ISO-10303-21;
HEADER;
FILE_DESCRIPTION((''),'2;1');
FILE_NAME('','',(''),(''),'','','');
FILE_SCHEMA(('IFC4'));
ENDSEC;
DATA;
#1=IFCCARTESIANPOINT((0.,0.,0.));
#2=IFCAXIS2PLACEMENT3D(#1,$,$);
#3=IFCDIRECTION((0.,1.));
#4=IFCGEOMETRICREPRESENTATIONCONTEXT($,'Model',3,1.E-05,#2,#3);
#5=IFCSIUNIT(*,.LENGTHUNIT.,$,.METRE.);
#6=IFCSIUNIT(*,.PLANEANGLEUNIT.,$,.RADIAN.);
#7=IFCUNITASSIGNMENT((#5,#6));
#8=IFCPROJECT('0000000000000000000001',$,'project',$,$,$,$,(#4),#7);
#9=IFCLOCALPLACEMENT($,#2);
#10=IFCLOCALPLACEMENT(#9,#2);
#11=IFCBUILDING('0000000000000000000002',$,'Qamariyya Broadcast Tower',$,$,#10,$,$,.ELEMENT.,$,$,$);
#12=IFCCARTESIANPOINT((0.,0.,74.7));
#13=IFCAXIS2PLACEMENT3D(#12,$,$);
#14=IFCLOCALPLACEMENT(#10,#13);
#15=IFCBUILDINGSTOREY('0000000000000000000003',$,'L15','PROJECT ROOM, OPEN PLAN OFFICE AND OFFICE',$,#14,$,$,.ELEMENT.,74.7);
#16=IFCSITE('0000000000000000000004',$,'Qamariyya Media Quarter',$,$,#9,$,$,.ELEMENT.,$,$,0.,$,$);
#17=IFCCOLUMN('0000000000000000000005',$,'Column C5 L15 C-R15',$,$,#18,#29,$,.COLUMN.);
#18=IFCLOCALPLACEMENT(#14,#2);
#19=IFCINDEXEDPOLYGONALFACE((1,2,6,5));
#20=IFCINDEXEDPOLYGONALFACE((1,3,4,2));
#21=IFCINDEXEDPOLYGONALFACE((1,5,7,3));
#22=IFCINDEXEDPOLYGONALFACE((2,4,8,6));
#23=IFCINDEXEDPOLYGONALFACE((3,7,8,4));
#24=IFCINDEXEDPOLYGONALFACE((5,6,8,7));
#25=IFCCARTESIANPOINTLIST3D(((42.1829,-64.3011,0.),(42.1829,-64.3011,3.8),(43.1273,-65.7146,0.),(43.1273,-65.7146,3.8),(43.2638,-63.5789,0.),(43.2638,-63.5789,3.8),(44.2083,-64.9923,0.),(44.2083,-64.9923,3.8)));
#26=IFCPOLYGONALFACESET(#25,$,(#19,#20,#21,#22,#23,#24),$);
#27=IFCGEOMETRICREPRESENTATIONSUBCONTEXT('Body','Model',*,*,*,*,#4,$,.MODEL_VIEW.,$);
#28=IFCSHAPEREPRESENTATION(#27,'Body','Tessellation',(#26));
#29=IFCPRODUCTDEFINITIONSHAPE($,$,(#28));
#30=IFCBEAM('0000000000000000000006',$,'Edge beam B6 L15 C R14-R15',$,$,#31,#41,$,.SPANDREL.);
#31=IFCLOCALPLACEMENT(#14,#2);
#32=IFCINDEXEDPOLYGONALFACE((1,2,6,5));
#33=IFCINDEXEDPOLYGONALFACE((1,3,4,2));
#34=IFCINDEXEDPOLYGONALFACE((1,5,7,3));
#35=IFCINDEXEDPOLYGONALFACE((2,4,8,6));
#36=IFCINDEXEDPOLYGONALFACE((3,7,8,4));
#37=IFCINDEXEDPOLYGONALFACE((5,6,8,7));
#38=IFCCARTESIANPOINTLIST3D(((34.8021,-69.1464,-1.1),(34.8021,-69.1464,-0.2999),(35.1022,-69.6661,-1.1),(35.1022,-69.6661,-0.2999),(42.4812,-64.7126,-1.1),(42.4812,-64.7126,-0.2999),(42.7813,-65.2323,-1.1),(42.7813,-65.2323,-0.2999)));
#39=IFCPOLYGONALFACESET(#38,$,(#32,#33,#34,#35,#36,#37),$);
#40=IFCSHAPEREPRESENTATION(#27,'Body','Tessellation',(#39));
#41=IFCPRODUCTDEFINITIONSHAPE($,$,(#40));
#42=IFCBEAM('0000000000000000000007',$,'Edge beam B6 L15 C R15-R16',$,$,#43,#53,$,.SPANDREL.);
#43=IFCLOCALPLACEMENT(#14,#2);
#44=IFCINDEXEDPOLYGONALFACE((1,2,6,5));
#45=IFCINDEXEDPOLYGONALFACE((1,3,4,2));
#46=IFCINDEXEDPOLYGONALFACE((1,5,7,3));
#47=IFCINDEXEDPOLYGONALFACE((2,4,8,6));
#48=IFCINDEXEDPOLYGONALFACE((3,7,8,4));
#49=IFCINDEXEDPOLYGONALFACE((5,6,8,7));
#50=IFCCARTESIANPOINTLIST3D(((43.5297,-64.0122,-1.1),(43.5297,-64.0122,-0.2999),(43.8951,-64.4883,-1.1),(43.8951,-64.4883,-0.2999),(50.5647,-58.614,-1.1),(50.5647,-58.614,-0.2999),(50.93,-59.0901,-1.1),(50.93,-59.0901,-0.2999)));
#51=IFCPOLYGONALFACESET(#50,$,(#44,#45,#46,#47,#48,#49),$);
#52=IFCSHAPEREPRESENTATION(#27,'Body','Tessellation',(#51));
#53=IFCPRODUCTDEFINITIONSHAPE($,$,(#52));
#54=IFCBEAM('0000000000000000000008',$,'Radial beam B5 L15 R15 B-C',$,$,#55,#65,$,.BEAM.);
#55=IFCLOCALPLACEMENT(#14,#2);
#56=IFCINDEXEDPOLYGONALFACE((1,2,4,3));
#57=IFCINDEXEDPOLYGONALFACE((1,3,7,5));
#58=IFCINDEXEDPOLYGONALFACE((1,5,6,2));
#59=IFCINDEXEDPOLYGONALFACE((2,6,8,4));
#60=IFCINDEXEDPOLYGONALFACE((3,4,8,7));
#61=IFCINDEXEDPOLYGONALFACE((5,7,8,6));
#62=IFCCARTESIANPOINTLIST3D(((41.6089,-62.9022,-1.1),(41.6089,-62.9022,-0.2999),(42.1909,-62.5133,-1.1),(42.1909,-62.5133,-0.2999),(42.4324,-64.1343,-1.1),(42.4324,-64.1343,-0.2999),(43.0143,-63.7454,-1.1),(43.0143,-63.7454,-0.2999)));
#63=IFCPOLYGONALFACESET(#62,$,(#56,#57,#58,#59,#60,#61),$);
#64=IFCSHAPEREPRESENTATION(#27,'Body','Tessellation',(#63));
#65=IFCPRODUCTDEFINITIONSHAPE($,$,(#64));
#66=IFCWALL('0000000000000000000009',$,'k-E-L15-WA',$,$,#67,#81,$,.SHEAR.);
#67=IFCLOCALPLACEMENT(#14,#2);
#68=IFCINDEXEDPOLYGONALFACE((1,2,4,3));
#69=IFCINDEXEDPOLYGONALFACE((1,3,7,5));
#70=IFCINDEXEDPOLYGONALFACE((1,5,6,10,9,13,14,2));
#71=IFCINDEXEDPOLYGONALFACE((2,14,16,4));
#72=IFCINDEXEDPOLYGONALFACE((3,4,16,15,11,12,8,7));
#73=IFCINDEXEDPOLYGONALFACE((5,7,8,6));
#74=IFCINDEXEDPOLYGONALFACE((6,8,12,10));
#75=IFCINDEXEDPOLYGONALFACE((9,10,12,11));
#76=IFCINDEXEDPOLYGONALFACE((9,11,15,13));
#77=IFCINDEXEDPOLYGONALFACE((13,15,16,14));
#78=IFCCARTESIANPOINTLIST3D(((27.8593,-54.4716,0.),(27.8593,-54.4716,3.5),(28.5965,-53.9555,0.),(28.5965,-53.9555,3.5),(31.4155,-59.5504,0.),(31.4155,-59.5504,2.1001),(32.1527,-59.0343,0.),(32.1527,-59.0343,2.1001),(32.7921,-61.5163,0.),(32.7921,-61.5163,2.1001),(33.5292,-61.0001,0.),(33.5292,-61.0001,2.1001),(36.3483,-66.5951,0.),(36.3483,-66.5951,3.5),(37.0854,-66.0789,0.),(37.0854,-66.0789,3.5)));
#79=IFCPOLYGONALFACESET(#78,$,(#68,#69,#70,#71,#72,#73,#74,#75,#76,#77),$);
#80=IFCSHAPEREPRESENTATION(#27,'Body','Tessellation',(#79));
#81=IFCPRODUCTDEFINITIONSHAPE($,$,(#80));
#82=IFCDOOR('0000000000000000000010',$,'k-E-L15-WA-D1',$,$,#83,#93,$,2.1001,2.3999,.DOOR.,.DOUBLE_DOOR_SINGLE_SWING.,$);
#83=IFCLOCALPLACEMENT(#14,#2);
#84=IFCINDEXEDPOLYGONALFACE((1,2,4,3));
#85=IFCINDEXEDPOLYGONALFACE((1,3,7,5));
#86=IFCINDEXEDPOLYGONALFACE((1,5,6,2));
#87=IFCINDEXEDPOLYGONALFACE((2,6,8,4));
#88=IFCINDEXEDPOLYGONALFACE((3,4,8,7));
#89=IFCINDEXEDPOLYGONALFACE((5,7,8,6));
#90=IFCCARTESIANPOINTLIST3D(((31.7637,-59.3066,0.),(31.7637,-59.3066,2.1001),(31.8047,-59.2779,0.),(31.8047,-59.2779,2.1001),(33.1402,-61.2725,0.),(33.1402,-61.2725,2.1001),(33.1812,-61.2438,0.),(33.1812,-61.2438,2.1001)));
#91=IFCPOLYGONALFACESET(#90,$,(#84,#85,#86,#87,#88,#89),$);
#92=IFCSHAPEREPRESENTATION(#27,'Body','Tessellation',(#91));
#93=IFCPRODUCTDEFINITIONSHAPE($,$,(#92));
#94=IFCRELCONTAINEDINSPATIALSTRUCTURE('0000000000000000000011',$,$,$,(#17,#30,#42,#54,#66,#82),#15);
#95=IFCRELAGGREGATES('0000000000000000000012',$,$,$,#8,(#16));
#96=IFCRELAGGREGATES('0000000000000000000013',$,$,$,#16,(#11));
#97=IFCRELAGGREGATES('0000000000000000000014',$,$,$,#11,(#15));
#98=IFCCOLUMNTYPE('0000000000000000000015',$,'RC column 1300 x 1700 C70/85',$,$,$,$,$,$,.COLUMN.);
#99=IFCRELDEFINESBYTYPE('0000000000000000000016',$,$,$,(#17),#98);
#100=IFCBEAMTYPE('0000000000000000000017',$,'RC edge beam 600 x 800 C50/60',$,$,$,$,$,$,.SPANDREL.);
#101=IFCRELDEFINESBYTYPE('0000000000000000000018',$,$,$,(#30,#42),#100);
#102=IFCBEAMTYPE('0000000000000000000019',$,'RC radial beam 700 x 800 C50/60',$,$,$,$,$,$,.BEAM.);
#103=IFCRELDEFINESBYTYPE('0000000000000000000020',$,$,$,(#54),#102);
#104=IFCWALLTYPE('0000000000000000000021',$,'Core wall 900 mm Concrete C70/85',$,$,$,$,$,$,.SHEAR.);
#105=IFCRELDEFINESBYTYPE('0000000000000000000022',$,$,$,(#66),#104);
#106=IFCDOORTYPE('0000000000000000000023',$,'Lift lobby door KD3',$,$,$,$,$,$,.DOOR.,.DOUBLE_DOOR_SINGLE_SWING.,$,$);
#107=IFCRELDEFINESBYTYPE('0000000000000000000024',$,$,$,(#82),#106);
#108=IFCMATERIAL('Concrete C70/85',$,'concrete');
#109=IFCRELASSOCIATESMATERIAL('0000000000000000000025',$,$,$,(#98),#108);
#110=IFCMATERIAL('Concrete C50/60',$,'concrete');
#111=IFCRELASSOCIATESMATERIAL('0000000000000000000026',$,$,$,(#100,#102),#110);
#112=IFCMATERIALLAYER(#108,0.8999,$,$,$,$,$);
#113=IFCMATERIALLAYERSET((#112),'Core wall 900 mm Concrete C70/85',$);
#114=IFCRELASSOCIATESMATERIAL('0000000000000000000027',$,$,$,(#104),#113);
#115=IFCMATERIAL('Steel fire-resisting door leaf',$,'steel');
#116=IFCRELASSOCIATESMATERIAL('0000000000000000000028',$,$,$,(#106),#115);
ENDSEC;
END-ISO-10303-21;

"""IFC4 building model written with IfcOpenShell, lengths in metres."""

from ifc_helpers import new_model, si_unit, direction, frame, frame_2d, origin, origin_2d, place, context, subcontext, project, spatial, rectangle, extrude, material, layer, layer_set, material_profile, profile_set, type_object, element, fill, save


model = new_model("IFC4")

# Units and contexts
model_context = context("Model", 3, precision=1e-05, world=origin(), true_north=direction((0.0, 1.0)))
body_context = subcontext(model_context, "Body", "Model", "MODEL_VIEW")
ifc_project = project(units=[si_unit("LENGTHUNIT", "METRE"), si_unit("PLANEANGLEUNIT", "RADIAN")], contexts=[model_context])

# Site, building, storey
site_placement = place(None, origin())
site = spatial("IfcSite", under=ifc_project, at=site_placement, Name="Qamariyya Media Quarter", CompositionType="ELEMENT", RefElevation=0.0)
building_placement = place(site_placement, origin())
building = spatial("IfcBuilding", under=site, at=building_placement, Name="Qamariyya Broadcast Tower", CompositionType="ELEMENT")
storey_placement = place(building_placement, frame((0.0, 0.0, 74.7)))
storey = spatial("IfcBuildingStorey", under=building, at=storey_placement, Name="L15", Description="PROJECT ROOM, OPEN PLAN OFFICE AND OFFICE", CompositionType="ELEMENT", Elevation=74.7)

# Column
ifc_material_1 = material(Name="Concrete C70/85", Category="concrete")
ifc_material_profile_1 = material_profile(ifc_material_1, rectangle(XDim=1.3, YDim=1.7, at=origin_2d()))
ifc_profile_set_1 = profile_set([ifc_material_profile_1], Name="Concrete C70/85")
column_type = type_object("IfcColumnType", Name="RC column 1300 x 1700 C70/85", PredefinedType="COLUMN", material=ifc_profile_set_1)
column_placement = place(storey_placement, frame((43.1956, -64.6467, 0.0), z_axis=(0.0, 0.0, 1.0), x_axis=(0.83147, 0.55557, 0.0)))
element("IfcColumn", 1, at=column_placement, inside=storey, type_object=column_type, Name="Column C5 L15 C-R15", PredefinedType="COLUMN", context=body_context, shape_type="SweptSolid", body=[
    extrude(rectangle(XDim=1.3, YDim=1.7, at=origin_2d()), origin(), (0.0, 0.0, 1.0), 3.8),
])

# Beams
ifc_material_2 = material(Name="Concrete C50/60", Category="concrete")
ifc_material_profile_2 = material_profile(ifc_material_2, rectangle(XDim=0.6001, YDim=0.8, at=origin_2d()))
ifc_profile_set_2 = profile_set([ifc_material_profile_2], Name="Concrete C50/60")
beam_type_1 = type_object("IfcBeamType", Name="RC edge beam 600 x 800 C50/60", PredefinedType="SPANDREL", material=ifc_profile_set_2)
beam_1_placement = place(storey_placement, frame((34.9521, -69.4062, -0.7), z_axis=(0.866013, 0.500021, 0.0), x_axis=(-0.500021, 0.866013, 0.0)))
element("IfcBeam", 2, at=beam_1_placement, inside=storey, type_object=beam_type_1, Name="Edge beam B6 L15 C R14-R15", PredefinedType="SPANDREL", context=body_context, shape_type="SweptSolid", body=[
    extrude(rectangle(XDim=0.6001, YDim=0.8, at=origin_2d()), origin(), (0.0, 0.0, 1.0), 8.8672),
])
beam_2_placement = place(storey_placement, frame((43.7124, -64.2502, -0.7), z_axis=(0.793347, 0.60877, 0.0), x_axis=(-0.60877, 0.793347, 0.0)))
element("IfcBeam", 3, at=beam_2_placement, inside=storey, type_object=beam_type_1, Name="Edge beam B6 L15 C R15-R16", PredefinedType="SPANDREL", context=body_context, shape_type="SweptSolid", body=[
    extrude(rectangle(XDim=0.6001, YDim=0.8, at=origin_2d()), origin(), (0.0, 0.0, 1.0), 8.8674),
])
ifc_material_profile_3 = material_profile(ifc_material_2, rectangle(XDim=0.7, YDim=0.8, at=origin_2d()))
ifc_profile_set_3 = profile_set([ifc_material_profile_3], Name="Concrete C50/60")
beam_type_2 = type_object("IfcBeamType", Name="RC radial beam 700 x 800 C50/60", PredefinedType="BEAM", material=ifc_profile_set_3)
beam_3_placement = place(storey_placement, frame((41.8999, -62.7078, -0.7), z_axis=(0.55565, -0.831416, 0.0), x_axis=(0.831416, 0.55565, 0.0)))
element("IfcBeam", 4, at=beam_3_placement, inside=storey, type_object=beam_type_2, Name="Radial beam B5 L15 R15 B-C", PredefinedType="BEAM", context=body_context, shape_type="SweptSolid", body=[
    extrude(rectangle(XDim=0.7, YDim=0.8, at=origin_2d()), origin(), (0.0, 0.0, 1.0), 1.4819),
])

# Wall, opening, door
ifc_layer_1 = layer(ifc_material_1, 0.8999)
ifc_layer_set_1 = layer_set([ifc_layer_1], Name="Core wall 900 mm Concrete C70/85")
wall_type_1 = type_object("IfcWallType", Name="Core wall 900 mm Concrete C70/85", PredefinedType="SHEAR", material=ifc_layer_set_1)
wall_1_placement = place(storey_placement, frame((36.7168, -66.3369, 0.0), z_axis=(0.0, 0.0, 1.0), x_axis=(-0.573577, 0.819151, 0.0)))
wall_1 = element("IfcWall", 5, at=wall_1_placement, inside=storey, type_object=wall_type_1, Name="k-E-L15-WA", PredefinedType="SHEAR", context=body_context, shape_type="SweptSolid", body=[
    extrude(rectangle(XDim=14.8, YDim=0.8999, at=frame_2d((7.3999, 0.0))), origin(), (0.0, 0.0, 1.0), 3.5),
])
opening_1_placement = place(wall_1_placement, frame((6.2, 0.0, 0.0)))
opening_1 = element("IfcOpeningElement", 6, at=opening_1_placement, cuts=wall_1, PredefinedType="OPENING", context=body_context, shape_type="SweptSolid", body=[
    extrude(rectangle(XDim=2.3999, YDim=2.1001, at=frame_2d((1.2, 1.05))), frame((0.0, 0.46, 0.0), z_axis=(0.0, -1.0, 0.0), x_axis=(1.0, 0.0, 0.0)), (0.0, 0.0, 1.0), 0.9199),
])
ifc_material_3 = material(Name="Steel fire-resisting door leaf", Category="steel")
door_type_1 = type_object("IfcDoorType", Name="Lift lobby door KD3", OperationType="DOUBLE_DOOR_SINGLE_SWING", PredefinedType="DOOR", material=ifc_material_3)
door_1_placement = place(opening_1_placement, origin())
door_1 = element("IfcDoor", 7, at=door_1_placement, inside=storey, type_object=door_type_1, Name="k-E-L15-WA-D1", OperationType="DOUBLE_DOOR_SINGLE_SWING", OverallHeight=2.1001, OverallWidth=2.3999, PredefinedType="DOOR", context=body_context, shape_type="SweptSolid", body=[
    extrude(rectangle(XDim=2.3999, YDim=2.1001, at=frame_2d((1.2, 1.05))), frame((0.0, 0.0249, 0.0), z_axis=(0.0, -1.0, 0.0), x_axis=(1.0, 0.0, 0.0)), (0.0, 0.0, 1.0), 0.05),
])
fill(opening_1, door_1)

save(model, "model.ifc")
